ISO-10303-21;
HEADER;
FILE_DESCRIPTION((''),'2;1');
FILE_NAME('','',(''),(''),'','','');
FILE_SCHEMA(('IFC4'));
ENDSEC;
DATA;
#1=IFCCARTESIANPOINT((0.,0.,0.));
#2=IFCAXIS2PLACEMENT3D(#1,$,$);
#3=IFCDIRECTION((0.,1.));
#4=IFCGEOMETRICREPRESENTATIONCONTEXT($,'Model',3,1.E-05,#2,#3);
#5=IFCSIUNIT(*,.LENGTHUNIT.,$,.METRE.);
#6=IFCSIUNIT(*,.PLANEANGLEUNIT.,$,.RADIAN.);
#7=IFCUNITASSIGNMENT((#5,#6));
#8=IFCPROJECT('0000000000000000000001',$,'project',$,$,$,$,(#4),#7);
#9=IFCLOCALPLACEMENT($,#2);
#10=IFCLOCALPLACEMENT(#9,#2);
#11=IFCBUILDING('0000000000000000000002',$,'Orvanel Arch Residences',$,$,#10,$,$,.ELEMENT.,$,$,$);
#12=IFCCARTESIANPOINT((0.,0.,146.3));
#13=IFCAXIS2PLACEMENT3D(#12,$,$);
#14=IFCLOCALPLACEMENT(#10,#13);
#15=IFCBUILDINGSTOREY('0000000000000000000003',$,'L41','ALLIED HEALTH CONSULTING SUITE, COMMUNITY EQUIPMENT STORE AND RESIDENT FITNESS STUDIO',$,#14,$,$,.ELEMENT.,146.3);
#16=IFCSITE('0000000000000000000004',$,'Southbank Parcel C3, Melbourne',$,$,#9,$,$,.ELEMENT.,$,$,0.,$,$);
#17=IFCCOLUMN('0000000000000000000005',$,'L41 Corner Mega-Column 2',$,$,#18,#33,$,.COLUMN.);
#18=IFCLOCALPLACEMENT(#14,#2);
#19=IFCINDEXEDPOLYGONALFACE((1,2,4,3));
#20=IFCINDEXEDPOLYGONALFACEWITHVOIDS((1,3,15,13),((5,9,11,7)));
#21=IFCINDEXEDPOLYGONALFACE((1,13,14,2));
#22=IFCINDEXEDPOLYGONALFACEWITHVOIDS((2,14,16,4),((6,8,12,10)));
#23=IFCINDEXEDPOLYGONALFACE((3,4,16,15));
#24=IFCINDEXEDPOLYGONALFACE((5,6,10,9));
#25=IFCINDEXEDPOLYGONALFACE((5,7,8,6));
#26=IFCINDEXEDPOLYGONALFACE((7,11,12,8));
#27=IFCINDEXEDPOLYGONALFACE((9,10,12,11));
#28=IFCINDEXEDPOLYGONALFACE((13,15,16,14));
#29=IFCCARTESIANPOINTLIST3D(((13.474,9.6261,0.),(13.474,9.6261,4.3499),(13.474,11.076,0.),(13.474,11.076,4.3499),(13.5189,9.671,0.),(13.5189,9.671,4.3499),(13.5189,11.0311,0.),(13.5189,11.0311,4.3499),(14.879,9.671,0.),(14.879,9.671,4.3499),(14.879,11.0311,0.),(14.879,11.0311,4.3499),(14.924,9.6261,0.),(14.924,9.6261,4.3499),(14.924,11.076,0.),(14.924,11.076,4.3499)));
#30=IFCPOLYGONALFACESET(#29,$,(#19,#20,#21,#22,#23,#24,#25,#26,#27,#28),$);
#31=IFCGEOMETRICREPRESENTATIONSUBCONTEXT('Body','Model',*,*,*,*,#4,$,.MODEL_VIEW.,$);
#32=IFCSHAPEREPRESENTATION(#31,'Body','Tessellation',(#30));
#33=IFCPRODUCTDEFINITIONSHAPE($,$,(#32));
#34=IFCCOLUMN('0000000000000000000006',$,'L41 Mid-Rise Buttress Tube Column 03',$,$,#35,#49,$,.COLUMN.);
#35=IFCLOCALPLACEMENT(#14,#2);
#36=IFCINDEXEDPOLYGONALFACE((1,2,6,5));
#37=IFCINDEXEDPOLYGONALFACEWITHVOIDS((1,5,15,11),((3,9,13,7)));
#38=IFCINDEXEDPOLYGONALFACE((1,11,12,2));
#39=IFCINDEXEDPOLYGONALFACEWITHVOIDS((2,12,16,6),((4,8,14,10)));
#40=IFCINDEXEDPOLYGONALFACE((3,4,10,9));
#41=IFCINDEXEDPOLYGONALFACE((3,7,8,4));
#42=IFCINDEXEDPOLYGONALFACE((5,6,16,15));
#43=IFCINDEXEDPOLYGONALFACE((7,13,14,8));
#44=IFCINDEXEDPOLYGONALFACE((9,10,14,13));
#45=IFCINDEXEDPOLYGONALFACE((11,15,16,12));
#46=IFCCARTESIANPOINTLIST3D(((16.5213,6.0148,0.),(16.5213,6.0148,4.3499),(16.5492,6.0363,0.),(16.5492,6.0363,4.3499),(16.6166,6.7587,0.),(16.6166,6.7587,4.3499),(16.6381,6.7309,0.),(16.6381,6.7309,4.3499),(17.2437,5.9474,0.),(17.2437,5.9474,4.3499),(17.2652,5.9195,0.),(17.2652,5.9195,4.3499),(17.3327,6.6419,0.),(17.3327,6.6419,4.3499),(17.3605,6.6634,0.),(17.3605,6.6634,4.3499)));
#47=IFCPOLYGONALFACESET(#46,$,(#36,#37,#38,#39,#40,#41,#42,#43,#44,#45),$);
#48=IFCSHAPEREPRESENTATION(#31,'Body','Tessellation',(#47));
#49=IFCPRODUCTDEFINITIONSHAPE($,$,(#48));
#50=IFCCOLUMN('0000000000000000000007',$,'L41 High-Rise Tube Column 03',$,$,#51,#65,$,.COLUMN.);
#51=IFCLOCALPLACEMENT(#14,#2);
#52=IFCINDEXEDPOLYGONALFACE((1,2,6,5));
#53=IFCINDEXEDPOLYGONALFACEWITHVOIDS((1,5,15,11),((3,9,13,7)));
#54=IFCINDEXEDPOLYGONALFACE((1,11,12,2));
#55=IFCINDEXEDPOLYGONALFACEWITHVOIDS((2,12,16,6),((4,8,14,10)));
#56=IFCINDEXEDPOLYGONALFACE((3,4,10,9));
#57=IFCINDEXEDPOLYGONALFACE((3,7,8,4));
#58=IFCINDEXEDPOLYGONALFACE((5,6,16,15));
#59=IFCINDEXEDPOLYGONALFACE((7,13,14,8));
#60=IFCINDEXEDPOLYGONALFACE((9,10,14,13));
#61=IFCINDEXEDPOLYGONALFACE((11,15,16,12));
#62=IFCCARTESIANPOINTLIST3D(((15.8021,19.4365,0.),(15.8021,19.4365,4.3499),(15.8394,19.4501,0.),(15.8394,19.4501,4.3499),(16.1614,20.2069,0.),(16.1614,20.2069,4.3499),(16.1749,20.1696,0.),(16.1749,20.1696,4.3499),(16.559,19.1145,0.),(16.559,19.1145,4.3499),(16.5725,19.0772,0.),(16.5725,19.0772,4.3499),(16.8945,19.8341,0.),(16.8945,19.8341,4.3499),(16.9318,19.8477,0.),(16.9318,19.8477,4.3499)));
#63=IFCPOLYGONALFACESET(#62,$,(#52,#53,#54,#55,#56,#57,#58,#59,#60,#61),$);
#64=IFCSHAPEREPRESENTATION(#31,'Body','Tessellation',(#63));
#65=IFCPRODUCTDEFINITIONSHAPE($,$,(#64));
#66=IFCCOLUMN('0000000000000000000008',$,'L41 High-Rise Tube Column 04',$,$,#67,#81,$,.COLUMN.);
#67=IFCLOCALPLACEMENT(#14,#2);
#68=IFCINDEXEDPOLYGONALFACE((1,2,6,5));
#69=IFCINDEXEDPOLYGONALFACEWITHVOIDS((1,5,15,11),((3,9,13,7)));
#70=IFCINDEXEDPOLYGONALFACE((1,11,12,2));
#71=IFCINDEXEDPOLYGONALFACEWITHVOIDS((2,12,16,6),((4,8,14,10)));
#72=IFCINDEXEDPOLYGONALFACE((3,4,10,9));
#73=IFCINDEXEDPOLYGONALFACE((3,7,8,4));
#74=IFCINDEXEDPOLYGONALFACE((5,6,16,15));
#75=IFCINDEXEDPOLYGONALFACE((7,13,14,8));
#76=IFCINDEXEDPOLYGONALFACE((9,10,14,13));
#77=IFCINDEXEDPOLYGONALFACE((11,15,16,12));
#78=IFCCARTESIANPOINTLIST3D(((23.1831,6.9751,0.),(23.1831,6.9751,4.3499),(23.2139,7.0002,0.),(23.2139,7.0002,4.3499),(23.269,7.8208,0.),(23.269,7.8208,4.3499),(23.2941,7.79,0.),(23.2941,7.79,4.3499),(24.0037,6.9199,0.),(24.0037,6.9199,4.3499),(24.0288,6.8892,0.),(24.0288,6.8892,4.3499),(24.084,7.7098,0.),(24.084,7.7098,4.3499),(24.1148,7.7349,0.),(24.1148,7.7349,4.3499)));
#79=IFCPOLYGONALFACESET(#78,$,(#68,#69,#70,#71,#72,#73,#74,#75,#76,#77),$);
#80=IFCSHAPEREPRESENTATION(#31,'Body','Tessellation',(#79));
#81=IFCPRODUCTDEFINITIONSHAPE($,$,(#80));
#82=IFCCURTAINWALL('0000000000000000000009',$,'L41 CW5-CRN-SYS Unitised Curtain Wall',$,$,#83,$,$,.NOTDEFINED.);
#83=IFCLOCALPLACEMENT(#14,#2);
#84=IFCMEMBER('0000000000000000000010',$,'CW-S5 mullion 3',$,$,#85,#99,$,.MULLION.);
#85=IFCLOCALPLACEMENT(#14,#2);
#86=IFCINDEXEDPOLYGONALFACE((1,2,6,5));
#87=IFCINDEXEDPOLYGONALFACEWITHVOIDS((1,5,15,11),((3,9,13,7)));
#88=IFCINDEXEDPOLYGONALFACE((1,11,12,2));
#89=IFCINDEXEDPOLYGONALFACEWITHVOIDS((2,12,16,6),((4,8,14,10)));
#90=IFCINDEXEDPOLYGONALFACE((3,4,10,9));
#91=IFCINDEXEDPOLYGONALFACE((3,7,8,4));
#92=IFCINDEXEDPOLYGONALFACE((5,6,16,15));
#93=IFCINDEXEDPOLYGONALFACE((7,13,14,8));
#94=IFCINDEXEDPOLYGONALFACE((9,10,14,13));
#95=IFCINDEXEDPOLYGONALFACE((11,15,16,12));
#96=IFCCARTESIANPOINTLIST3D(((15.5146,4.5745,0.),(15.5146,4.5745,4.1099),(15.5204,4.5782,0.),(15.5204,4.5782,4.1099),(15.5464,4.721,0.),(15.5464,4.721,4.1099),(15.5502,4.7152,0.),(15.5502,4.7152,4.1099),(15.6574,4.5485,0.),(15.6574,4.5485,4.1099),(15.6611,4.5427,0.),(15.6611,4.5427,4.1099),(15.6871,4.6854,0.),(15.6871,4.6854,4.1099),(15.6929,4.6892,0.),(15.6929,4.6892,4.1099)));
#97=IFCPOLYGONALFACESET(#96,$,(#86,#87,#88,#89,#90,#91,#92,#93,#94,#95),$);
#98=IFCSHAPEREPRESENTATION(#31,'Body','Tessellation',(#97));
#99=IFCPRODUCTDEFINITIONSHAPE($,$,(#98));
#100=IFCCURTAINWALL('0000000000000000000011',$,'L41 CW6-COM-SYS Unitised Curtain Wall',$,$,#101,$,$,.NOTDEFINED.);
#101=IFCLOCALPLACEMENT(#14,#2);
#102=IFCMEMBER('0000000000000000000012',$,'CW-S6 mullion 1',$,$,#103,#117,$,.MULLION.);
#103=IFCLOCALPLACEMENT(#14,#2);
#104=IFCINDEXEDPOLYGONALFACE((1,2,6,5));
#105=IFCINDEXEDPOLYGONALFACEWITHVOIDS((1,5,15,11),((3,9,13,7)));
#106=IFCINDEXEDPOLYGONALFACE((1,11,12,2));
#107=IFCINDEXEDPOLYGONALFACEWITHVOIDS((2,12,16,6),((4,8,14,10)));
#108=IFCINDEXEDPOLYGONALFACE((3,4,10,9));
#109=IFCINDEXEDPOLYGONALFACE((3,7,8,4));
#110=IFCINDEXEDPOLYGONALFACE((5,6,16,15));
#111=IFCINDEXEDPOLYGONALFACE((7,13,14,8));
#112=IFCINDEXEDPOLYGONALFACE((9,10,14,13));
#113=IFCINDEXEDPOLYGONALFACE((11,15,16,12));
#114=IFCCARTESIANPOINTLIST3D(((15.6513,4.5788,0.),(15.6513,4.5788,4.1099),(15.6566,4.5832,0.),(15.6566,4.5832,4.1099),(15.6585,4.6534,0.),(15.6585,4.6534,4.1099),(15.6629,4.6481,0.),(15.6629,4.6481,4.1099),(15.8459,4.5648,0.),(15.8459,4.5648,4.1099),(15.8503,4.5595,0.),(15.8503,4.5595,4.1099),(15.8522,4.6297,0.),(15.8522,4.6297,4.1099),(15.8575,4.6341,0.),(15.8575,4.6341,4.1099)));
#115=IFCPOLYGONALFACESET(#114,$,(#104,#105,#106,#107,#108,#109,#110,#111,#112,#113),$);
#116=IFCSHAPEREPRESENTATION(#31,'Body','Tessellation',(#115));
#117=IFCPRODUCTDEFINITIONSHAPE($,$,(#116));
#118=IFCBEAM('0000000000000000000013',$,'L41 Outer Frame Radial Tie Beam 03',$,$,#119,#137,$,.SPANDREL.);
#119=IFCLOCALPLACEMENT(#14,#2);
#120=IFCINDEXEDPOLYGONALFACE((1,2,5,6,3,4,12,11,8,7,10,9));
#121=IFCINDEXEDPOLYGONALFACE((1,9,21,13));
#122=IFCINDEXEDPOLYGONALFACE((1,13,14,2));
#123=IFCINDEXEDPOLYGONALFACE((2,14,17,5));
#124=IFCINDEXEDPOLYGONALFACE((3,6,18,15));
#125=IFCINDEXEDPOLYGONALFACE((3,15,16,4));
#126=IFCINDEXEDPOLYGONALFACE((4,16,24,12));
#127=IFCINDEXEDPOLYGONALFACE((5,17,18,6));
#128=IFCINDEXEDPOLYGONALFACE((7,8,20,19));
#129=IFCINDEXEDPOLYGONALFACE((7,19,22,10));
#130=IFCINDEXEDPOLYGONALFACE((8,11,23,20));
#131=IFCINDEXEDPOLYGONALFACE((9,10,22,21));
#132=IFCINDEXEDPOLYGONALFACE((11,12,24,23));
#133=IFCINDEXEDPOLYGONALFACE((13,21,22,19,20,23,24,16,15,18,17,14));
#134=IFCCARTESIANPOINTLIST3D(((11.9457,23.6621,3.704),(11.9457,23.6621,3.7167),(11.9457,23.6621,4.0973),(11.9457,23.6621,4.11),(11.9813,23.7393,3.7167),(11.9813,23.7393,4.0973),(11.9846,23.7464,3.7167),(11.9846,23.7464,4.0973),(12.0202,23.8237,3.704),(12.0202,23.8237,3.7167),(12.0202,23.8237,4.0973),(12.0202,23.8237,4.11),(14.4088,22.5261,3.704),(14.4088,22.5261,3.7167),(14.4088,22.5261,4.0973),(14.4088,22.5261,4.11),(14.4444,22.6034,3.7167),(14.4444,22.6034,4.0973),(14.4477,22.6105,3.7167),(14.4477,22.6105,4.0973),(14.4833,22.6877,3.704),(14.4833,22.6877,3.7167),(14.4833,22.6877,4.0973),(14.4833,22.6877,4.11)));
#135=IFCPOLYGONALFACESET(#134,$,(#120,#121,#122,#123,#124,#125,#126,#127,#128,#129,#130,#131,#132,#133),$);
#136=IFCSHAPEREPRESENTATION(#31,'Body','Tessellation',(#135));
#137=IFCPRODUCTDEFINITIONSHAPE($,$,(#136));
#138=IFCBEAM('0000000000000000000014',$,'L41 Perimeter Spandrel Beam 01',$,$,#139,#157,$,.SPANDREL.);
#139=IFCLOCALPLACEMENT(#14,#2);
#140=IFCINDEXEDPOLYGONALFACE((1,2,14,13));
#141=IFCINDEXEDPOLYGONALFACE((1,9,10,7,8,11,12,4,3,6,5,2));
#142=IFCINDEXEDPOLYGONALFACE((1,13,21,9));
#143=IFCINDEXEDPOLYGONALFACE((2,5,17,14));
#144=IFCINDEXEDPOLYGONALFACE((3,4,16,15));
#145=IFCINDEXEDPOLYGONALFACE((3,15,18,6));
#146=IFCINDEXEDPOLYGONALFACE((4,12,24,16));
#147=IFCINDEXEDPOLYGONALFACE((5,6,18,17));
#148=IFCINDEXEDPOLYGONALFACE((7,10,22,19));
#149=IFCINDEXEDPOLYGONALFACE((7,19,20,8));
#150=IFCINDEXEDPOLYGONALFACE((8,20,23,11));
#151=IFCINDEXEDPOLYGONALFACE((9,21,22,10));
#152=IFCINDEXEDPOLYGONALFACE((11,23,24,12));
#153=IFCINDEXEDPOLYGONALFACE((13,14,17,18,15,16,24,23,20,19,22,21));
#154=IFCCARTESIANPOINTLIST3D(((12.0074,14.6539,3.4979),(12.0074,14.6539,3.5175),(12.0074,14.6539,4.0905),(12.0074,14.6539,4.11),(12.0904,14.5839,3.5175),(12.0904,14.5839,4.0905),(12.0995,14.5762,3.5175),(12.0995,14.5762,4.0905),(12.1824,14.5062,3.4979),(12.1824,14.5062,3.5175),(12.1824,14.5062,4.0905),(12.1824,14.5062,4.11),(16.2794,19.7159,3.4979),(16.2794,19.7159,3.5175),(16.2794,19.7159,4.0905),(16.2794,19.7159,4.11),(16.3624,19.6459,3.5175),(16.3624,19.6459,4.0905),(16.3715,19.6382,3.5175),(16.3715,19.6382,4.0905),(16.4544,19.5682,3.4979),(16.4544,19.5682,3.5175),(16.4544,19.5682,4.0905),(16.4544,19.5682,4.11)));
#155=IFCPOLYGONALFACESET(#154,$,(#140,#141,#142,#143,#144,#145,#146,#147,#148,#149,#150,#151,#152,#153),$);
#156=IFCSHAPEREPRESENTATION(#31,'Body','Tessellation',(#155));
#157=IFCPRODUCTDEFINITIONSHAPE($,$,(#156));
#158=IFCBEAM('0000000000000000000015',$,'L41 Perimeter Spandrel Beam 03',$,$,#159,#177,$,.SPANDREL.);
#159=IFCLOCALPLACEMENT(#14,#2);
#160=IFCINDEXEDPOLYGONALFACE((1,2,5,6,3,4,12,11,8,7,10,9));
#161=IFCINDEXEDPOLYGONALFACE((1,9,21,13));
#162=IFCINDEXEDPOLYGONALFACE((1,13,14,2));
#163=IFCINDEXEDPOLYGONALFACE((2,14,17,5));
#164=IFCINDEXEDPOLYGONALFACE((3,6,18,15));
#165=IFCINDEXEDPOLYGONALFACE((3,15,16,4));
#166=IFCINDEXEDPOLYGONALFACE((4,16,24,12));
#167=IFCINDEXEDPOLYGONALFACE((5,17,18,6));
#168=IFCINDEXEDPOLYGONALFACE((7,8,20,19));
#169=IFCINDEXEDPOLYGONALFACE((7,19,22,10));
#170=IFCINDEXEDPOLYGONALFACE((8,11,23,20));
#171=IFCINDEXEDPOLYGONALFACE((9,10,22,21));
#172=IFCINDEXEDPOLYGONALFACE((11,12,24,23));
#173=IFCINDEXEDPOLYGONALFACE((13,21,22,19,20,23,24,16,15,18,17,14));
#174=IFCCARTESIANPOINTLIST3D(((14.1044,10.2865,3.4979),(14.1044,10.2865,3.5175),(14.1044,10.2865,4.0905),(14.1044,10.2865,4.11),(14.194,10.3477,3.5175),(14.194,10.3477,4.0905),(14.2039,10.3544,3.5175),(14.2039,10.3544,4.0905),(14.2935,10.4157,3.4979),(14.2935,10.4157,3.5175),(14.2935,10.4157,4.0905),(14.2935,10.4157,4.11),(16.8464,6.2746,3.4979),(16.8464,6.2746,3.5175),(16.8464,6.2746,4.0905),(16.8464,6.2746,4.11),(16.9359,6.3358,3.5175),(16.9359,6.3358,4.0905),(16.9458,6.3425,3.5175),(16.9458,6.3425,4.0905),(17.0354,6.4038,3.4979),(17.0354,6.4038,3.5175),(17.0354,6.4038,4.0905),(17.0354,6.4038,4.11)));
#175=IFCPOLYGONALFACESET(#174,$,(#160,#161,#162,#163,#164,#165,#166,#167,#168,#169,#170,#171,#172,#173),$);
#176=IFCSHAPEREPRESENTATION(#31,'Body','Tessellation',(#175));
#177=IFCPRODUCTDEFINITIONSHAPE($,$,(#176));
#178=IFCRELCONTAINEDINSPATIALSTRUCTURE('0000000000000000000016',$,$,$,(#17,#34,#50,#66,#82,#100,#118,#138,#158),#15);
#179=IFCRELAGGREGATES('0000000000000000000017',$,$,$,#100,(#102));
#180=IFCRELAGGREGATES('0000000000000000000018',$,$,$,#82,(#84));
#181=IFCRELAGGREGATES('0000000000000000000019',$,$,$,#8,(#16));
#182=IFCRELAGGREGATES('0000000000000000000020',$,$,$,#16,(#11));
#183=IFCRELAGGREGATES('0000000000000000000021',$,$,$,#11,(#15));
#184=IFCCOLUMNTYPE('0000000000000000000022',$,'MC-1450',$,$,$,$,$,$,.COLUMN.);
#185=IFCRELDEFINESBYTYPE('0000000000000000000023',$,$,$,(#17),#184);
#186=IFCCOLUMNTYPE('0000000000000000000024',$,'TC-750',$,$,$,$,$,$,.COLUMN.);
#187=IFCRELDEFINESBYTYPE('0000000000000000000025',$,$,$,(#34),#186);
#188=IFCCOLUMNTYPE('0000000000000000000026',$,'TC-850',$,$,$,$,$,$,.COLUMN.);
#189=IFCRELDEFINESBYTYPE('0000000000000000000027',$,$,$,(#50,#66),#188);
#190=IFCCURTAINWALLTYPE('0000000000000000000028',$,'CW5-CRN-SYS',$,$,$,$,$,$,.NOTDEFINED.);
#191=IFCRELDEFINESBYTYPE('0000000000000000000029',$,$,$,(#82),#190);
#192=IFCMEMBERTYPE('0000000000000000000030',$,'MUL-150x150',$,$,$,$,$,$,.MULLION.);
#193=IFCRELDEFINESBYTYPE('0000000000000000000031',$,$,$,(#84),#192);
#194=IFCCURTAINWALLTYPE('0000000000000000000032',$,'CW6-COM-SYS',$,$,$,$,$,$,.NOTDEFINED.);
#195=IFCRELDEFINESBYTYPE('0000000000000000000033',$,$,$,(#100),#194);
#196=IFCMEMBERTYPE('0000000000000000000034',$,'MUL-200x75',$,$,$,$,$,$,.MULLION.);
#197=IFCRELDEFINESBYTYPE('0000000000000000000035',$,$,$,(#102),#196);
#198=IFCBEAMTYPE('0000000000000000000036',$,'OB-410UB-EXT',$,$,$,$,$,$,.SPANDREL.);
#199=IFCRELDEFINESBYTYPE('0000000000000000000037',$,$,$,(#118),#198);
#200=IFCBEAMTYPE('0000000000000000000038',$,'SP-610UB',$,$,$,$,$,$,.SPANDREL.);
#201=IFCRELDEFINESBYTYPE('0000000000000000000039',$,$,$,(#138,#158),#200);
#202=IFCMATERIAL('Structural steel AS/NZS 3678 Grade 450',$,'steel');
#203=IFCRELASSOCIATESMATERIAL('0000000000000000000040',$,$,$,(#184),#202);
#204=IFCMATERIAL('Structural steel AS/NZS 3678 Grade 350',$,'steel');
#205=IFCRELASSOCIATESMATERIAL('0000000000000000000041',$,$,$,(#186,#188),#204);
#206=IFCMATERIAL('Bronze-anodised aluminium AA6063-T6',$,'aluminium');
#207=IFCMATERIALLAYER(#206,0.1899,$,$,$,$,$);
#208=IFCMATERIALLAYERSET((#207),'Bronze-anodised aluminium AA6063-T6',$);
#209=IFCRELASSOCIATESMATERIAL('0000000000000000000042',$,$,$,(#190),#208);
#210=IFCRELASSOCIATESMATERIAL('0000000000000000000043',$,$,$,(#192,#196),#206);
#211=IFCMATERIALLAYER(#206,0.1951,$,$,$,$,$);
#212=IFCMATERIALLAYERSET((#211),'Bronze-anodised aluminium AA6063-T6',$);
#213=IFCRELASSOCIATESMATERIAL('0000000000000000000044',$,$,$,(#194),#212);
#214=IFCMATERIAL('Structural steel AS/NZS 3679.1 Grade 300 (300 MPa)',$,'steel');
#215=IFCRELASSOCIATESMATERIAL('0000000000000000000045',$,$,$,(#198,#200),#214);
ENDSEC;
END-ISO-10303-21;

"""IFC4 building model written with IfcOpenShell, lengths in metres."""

from ifc_helpers import new_model, si_unit, direction, frame, origin, origin_2d, place, context, subcontext, project, spatial, hollow_rectangle, i_section, extrude, material, layer, layer_set, material_profile, profile_set, type_object, element, aggregate, save


model = new_model("IFC4")

# Units and contexts
model_context = context("Model", 3, precision=1e-05, world=origin(), true_north=direction((0.0, 1.0)))
body_context = subcontext(model_context, "Body", "Model", "MODEL_VIEW")
ifc_project = project(units=[si_unit("LENGTHUNIT", "METRE"), si_unit("PLANEANGLEUNIT", "RADIAN")], contexts=[model_context])

# Site, building, storey
site_placement = place(None, origin())
site = spatial("IfcSite", under=ifc_project, at=site_placement, Name="Southbank Parcel C3, Melbourne", CompositionType="ELEMENT", RefElevation=0.0)
building_placement = place(site_placement, origin())
building = spatial("IfcBuilding", under=site, at=building_placement, Name="Orvanel Arch Residences", CompositionType="ELEMENT")
storey_placement = place(building_placement, frame((0.0, 0.0, 146.3)))
storey = spatial("IfcBuildingStorey", under=building, at=storey_placement, Name="L41", Description="ALLIED HEALTH CONSULTING SUITE, COMMUNITY EQUIPMENT STORE AND RESIDENT FITNESS STUDIO", CompositionType="ELEMENT", Elevation=146.3)

# Columns
ifc_material_1 = material(Name="Structural steel AS/NZS 3678 Grade 450", Category="steel")
ifc_material_profile_1 = material_profile(ifc_material_1, hollow_rectangle(XDim=1.45, YDim=1.45, WallThickness=0.0449, at=origin_2d()), Name="BOX1450x1450x45")
ifc_profile_set_1 = profile_set([ifc_material_profile_1], Name="Structural steel AS/NZS 3678 Grade 450")
column_type_1 = type_object("IfcColumnType", Name="MC-1450", PredefinedType="COLUMN", material=ifc_profile_set_1)
column_1_placement = place(storey_placement, frame((14.199, 10.3511, 0.0), z_axis=(0.0, 0.0, 1.0), x_axis=(1.0, 0.0, 0.0)))
element("IfcColumn", 1, at=column_1_placement, inside=storey, type_object=column_type_1, Name="L41 Corner Mega-Column 2", PredefinedType="COLUMN", context=body_context, shape_type="SweptSolid", body=[
    extrude(hollow_rectangle(XDim=1.45, YDim=1.45, WallThickness=0.0449, at=origin_2d()), origin(), (0.0, 0.0, 1.0), 4.3499),
])
ifc_material_2 = material(Name="Structural steel AS/NZS 3678 Grade 350", Category="steel")
ifc_material_profile_2 = material_profile(ifc_material_2, hollow_rectangle(XDim=0.75, YDim=0.75, WallThickness=0.0249, at=origin_2d()), Name="BOX750x750x25")
ifc_profile_set_2 = profile_set([ifc_material_profile_2], Name="Structural steel AS/NZS 3678 Grade 350")
column_type_2 = type_object("IfcColumnType", Name="TC-750", PredefinedType="COLUMN", material=ifc_profile_set_2)
column_2_placement = place(storey_placement, frame((16.9409, 6.3391, 0.0), z_axis=(0.0, 0.0, 1.0), x_axis=(-0.991894, 0.127065, 0.0)))
element("IfcColumn", 2, at=column_2_placement, inside=storey, type_object=column_type_2, Name="L41 Mid-Rise Buttress Tube Column 03", PredefinedType="COLUMN", context=body_context, shape_type="SweptSolid", body=[
    extrude(hollow_rectangle(XDim=0.75, YDim=0.75, WallThickness=0.0249, at=origin_2d()), origin(), (0.0, 0.0, 1.0), 4.3499),
])
ifc_material_profile_3 = material_profile(ifc_material_2, hollow_rectangle(XDim=0.8501, YDim=0.8501, WallThickness=0.0281, at=origin_2d()), Name="BOX850x850x28")
ifc_profile_set_3 = profile_set([ifc_material_profile_3], Name="Structural steel AS/NZS 3678 Grade 350")
column_type_3 = type_object("IfcColumnType", Name="TC-850", PredefinedType="COLUMN", material=ifc_profile_set_3)
for number, where, z_axis, x_axis, name in (
    (3, (16.3669, 19.6421, 0.0), (0.0, 0.0, 1.0), (0.422618, 0.906308, 0.0), "L41 High-Rise Tube Column 03"),
    (4, (23.6489, 7.355, 0.0), (0.0, 0.0, 1.0), (-0.994881, 0.101056, 0.0), "L41 High-Rise Tube Column 04"),
):
    element("IfcColumn", number, at=place(storey_placement, frame(where, z_axis=z_axis, x_axis=x_axis)), inside=storey, type_object=column_type_3, Name=name, PredefinedType="COLUMN", context=body_context, shape_type="SweptSolid", body=[
        extrude(hollow_rectangle(XDim=0.8501, YDim=0.8501, WallThickness=0.0281, at=origin_2d()), origin(), (0.0, 0.0, 1.0), 4.3499),
    ])

# Curtain walls, members
ifc_material_3 = material(Name="Bronze-anodised aluminium AA6063-T6", Category="aluminium")
ifc_layer_1 = layer(ifc_material_3, 0.1899)
ifc_layer_set_1 = layer_set([ifc_layer_1], Name="Bronze-anodised aluminium AA6063-T6")
curtain_wall_type_1 = type_object("IfcCurtainWallType", Name="CW5-CRN-SYS", PredefinedType="NOTDEFINED", material=ifc_layer_set_1)
curtain_wall_1_placement = place(storey_placement, origin())
curtain_wall_1 = element("IfcCurtainWall", 5, at=curtain_wall_1_placement, inside=storey, type_object=curtain_wall_type_1, Name="L41 CW5-CRN-SYS Unitised Curtain Wall", PredefinedType="NOTDEFINED")
ifc_material_profile_4 = material_profile(ifc_material_3, hollow_rectangle(XDim=0.1499, YDim=0.1499, WallThickness=0.0049, at=origin_2d()), Name="ALU150x150x5")
ifc_profile_set_4 = profile_set([ifc_material_profile_4], Name="Bronze-anodised aluminium AA6063-T6")
member_type_1 = type_object("IfcMemberType", Name="MUL-150x150", PredefinedType="MULLION", material=ifc_profile_set_4)
member_1_placement = place(storey_placement, frame((15.6038, 4.6318, 0.0), z_axis=(0.0, 0.0, 1.0), x_axis=(0.212285, 0.977208, 0.0)))
member_1 = element("IfcMember", 6, at=member_1_placement, type_object=member_type_1, Name="CW-S5 mullion 3", PredefinedType="MULLION", context=body_context, shape_type="SweptSolid", body=[
    extrude(hollow_rectangle(XDim=0.1499, YDim=0.1499, WallThickness=0.0049, at=origin_2d()), origin(), (0.0, 0.0, 1.0), 4.1099),
])
ifc_layer_2 = layer(ifc_material_3, 0.1951)
ifc_layer_set_2 = layer_set([ifc_layer_2], Name="Bronze-anodised aluminium AA6063-T6")
curtain_wall_type_2 = type_object("IfcCurtainWallType", Name="CW6-COM-SYS", PredefinedType="NOTDEFINED", material=ifc_layer_set_2)
curtain_wall_2_placement = place(storey_placement, origin())
curtain_wall_2 = element("IfcCurtainWall", 7, at=curtain_wall_2_placement, inside=storey, type_object=curtain_wall_type_2, Name="L41 CW6-COM-SYS Unitised Curtain Wall", PredefinedType="NOTDEFINED")
ifc_material_profile_5 = material_profile(ifc_material_3, hollow_rectangle(XDim=0.075, YDim=0.2, WallThickness=0.0049, at=origin_2d()), Name="ALU200x75x5")
ifc_profile_set_5 = profile_set([ifc_material_profile_5], Name="Bronze-anodised aluminium AA6063-T6")
member_type_2 = type_object("IfcMemberType", Name="MUL-200x75", PredefinedType="MULLION", material=ifc_profile_set_5)
member_2_placement = place(storey_placement, frame((15.7544, 4.6064, 0.0), z_axis=(0.0, 0.0, 1.0), x_axis=(0.096889, 0.995295, 0.0)))
member_2 = element("IfcMember", 8, at=member_2_placement, type_object=member_type_2, Name="CW-S6 mullion 1", PredefinedType="MULLION", context=body_context, shape_type="SweptSolid", body=[
    extrude(hollow_rectangle(XDim=0.075, YDim=0.2, WallThickness=0.0049, at=origin_2d()), origin(), (0.0, 0.0, 1.0), 4.1099),
])

# Beams
ifc_material_4 = material(Name="Structural steel AS/NZS 3679.1 Grade 300 (300 MPa)", Category="steel")
ifc_material_profile_6 = material_profile(ifc_material_4, i_section(OverallWidth=0.178, OverallDepth=0.406, WebThickness=0.0078, FlangeThickness=0.0127, at=origin_2d()), Name="410UB59.7")
ifc_profile_set_6 = profile_set([ifc_material_profile_6], Name="Structural steel AS/NZS 3679.1 Grade 300 (300 MPa)")
beam_type_1 = type_object("IfcBeamType", Name="OB-410UB-EXT", PredefinedType="SPANDREL", material=ifc_profile_set_6)
beam_1_placement = place(storey_placement, frame((14.446, 22.6069, 3.907), z_axis=(-0.908078, 0.418801, 0.0), x_axis=(-0.418801, -0.908078, 0.0)))
element("IfcBeam", 9, at=beam_1_placement, inside=storey, type_object=beam_type_1, Name="L41 Outer Frame Radial Tie Beam 03", PredefinedType="SPANDREL", context=body_context, shape_type="SweptSolid", body=[
    extrude(i_section(OverallWidth=0.178, OverallDepth=0.406, WebThickness=0.0078, FlangeThickness=0.0127, at=origin_2d()), origin(), (0.0, 0.0, 1.0), 2.7124),
])
ifc_material_profile_7 = material_profile(ifc_material_4, i_section(OverallWidth=0.229, OverallDepth=0.6121, WebThickness=0.012, FlangeThickness=0.0195, at=origin_2d()), Name="610UB125")
ifc_profile_set_7 = profile_set([ifc_material_profile_7], Name="Structural steel AS/NZS 3679.1 Grade 300 (300 MPa)")
beam_type_2 = type_object("IfcBeamType", Name="SP-610UB", PredefinedType="SPANDREL", material=ifc_profile_set_7)
beam_2_placement = place(storey_placement, frame((16.3669, 19.6421, 3.804), z_axis=(-0.64495, -0.764224, 0.0), x_axis=(0.764224, -0.64495, 0.0)))
element("IfcBeam", 10, at=beam_2_placement, inside=storey, type_object=beam_type_2, Name="L41 Perimeter Spandrel Beam 01", PredefinedType="SPANDREL", context=body_context, shape_type="SweptSolid", body=[
    extrude(i_section(OverallWidth=0.229, OverallDepth=0.6121, WebThickness=0.012, FlangeThickness=0.0195, at=origin_2d()), origin(), (0.0, 0.0, 1.0), 6.6238),
])
beam_3_placement = place(storey_placement, frame((14.199, 10.3511, 3.804), z_axis=(0.564252, -0.825603, 0.0), x_axis=(0.825603, 0.564252, 0.0)))
element("IfcBeam", 11, at=beam_3_placement, inside=storey, type_object=beam_type_2, Name="L41 Perimeter Spandrel Beam 03", PredefinedType="SPANDREL", context=body_context, shape_type="SweptSolid", body=[
    extrude(i_section(OverallWidth=0.229, OverallDepth=0.6121, WebThickness=0.012, FlangeThickness=0.0195, at=origin_2d()), origin(), (0.0, 0.0, 1.0), 4.8594),
])

aggregate(curtain_wall_2, [member_2])

aggregate(curtain_wall_1, [member_1])

save(model, "model.ifc")
